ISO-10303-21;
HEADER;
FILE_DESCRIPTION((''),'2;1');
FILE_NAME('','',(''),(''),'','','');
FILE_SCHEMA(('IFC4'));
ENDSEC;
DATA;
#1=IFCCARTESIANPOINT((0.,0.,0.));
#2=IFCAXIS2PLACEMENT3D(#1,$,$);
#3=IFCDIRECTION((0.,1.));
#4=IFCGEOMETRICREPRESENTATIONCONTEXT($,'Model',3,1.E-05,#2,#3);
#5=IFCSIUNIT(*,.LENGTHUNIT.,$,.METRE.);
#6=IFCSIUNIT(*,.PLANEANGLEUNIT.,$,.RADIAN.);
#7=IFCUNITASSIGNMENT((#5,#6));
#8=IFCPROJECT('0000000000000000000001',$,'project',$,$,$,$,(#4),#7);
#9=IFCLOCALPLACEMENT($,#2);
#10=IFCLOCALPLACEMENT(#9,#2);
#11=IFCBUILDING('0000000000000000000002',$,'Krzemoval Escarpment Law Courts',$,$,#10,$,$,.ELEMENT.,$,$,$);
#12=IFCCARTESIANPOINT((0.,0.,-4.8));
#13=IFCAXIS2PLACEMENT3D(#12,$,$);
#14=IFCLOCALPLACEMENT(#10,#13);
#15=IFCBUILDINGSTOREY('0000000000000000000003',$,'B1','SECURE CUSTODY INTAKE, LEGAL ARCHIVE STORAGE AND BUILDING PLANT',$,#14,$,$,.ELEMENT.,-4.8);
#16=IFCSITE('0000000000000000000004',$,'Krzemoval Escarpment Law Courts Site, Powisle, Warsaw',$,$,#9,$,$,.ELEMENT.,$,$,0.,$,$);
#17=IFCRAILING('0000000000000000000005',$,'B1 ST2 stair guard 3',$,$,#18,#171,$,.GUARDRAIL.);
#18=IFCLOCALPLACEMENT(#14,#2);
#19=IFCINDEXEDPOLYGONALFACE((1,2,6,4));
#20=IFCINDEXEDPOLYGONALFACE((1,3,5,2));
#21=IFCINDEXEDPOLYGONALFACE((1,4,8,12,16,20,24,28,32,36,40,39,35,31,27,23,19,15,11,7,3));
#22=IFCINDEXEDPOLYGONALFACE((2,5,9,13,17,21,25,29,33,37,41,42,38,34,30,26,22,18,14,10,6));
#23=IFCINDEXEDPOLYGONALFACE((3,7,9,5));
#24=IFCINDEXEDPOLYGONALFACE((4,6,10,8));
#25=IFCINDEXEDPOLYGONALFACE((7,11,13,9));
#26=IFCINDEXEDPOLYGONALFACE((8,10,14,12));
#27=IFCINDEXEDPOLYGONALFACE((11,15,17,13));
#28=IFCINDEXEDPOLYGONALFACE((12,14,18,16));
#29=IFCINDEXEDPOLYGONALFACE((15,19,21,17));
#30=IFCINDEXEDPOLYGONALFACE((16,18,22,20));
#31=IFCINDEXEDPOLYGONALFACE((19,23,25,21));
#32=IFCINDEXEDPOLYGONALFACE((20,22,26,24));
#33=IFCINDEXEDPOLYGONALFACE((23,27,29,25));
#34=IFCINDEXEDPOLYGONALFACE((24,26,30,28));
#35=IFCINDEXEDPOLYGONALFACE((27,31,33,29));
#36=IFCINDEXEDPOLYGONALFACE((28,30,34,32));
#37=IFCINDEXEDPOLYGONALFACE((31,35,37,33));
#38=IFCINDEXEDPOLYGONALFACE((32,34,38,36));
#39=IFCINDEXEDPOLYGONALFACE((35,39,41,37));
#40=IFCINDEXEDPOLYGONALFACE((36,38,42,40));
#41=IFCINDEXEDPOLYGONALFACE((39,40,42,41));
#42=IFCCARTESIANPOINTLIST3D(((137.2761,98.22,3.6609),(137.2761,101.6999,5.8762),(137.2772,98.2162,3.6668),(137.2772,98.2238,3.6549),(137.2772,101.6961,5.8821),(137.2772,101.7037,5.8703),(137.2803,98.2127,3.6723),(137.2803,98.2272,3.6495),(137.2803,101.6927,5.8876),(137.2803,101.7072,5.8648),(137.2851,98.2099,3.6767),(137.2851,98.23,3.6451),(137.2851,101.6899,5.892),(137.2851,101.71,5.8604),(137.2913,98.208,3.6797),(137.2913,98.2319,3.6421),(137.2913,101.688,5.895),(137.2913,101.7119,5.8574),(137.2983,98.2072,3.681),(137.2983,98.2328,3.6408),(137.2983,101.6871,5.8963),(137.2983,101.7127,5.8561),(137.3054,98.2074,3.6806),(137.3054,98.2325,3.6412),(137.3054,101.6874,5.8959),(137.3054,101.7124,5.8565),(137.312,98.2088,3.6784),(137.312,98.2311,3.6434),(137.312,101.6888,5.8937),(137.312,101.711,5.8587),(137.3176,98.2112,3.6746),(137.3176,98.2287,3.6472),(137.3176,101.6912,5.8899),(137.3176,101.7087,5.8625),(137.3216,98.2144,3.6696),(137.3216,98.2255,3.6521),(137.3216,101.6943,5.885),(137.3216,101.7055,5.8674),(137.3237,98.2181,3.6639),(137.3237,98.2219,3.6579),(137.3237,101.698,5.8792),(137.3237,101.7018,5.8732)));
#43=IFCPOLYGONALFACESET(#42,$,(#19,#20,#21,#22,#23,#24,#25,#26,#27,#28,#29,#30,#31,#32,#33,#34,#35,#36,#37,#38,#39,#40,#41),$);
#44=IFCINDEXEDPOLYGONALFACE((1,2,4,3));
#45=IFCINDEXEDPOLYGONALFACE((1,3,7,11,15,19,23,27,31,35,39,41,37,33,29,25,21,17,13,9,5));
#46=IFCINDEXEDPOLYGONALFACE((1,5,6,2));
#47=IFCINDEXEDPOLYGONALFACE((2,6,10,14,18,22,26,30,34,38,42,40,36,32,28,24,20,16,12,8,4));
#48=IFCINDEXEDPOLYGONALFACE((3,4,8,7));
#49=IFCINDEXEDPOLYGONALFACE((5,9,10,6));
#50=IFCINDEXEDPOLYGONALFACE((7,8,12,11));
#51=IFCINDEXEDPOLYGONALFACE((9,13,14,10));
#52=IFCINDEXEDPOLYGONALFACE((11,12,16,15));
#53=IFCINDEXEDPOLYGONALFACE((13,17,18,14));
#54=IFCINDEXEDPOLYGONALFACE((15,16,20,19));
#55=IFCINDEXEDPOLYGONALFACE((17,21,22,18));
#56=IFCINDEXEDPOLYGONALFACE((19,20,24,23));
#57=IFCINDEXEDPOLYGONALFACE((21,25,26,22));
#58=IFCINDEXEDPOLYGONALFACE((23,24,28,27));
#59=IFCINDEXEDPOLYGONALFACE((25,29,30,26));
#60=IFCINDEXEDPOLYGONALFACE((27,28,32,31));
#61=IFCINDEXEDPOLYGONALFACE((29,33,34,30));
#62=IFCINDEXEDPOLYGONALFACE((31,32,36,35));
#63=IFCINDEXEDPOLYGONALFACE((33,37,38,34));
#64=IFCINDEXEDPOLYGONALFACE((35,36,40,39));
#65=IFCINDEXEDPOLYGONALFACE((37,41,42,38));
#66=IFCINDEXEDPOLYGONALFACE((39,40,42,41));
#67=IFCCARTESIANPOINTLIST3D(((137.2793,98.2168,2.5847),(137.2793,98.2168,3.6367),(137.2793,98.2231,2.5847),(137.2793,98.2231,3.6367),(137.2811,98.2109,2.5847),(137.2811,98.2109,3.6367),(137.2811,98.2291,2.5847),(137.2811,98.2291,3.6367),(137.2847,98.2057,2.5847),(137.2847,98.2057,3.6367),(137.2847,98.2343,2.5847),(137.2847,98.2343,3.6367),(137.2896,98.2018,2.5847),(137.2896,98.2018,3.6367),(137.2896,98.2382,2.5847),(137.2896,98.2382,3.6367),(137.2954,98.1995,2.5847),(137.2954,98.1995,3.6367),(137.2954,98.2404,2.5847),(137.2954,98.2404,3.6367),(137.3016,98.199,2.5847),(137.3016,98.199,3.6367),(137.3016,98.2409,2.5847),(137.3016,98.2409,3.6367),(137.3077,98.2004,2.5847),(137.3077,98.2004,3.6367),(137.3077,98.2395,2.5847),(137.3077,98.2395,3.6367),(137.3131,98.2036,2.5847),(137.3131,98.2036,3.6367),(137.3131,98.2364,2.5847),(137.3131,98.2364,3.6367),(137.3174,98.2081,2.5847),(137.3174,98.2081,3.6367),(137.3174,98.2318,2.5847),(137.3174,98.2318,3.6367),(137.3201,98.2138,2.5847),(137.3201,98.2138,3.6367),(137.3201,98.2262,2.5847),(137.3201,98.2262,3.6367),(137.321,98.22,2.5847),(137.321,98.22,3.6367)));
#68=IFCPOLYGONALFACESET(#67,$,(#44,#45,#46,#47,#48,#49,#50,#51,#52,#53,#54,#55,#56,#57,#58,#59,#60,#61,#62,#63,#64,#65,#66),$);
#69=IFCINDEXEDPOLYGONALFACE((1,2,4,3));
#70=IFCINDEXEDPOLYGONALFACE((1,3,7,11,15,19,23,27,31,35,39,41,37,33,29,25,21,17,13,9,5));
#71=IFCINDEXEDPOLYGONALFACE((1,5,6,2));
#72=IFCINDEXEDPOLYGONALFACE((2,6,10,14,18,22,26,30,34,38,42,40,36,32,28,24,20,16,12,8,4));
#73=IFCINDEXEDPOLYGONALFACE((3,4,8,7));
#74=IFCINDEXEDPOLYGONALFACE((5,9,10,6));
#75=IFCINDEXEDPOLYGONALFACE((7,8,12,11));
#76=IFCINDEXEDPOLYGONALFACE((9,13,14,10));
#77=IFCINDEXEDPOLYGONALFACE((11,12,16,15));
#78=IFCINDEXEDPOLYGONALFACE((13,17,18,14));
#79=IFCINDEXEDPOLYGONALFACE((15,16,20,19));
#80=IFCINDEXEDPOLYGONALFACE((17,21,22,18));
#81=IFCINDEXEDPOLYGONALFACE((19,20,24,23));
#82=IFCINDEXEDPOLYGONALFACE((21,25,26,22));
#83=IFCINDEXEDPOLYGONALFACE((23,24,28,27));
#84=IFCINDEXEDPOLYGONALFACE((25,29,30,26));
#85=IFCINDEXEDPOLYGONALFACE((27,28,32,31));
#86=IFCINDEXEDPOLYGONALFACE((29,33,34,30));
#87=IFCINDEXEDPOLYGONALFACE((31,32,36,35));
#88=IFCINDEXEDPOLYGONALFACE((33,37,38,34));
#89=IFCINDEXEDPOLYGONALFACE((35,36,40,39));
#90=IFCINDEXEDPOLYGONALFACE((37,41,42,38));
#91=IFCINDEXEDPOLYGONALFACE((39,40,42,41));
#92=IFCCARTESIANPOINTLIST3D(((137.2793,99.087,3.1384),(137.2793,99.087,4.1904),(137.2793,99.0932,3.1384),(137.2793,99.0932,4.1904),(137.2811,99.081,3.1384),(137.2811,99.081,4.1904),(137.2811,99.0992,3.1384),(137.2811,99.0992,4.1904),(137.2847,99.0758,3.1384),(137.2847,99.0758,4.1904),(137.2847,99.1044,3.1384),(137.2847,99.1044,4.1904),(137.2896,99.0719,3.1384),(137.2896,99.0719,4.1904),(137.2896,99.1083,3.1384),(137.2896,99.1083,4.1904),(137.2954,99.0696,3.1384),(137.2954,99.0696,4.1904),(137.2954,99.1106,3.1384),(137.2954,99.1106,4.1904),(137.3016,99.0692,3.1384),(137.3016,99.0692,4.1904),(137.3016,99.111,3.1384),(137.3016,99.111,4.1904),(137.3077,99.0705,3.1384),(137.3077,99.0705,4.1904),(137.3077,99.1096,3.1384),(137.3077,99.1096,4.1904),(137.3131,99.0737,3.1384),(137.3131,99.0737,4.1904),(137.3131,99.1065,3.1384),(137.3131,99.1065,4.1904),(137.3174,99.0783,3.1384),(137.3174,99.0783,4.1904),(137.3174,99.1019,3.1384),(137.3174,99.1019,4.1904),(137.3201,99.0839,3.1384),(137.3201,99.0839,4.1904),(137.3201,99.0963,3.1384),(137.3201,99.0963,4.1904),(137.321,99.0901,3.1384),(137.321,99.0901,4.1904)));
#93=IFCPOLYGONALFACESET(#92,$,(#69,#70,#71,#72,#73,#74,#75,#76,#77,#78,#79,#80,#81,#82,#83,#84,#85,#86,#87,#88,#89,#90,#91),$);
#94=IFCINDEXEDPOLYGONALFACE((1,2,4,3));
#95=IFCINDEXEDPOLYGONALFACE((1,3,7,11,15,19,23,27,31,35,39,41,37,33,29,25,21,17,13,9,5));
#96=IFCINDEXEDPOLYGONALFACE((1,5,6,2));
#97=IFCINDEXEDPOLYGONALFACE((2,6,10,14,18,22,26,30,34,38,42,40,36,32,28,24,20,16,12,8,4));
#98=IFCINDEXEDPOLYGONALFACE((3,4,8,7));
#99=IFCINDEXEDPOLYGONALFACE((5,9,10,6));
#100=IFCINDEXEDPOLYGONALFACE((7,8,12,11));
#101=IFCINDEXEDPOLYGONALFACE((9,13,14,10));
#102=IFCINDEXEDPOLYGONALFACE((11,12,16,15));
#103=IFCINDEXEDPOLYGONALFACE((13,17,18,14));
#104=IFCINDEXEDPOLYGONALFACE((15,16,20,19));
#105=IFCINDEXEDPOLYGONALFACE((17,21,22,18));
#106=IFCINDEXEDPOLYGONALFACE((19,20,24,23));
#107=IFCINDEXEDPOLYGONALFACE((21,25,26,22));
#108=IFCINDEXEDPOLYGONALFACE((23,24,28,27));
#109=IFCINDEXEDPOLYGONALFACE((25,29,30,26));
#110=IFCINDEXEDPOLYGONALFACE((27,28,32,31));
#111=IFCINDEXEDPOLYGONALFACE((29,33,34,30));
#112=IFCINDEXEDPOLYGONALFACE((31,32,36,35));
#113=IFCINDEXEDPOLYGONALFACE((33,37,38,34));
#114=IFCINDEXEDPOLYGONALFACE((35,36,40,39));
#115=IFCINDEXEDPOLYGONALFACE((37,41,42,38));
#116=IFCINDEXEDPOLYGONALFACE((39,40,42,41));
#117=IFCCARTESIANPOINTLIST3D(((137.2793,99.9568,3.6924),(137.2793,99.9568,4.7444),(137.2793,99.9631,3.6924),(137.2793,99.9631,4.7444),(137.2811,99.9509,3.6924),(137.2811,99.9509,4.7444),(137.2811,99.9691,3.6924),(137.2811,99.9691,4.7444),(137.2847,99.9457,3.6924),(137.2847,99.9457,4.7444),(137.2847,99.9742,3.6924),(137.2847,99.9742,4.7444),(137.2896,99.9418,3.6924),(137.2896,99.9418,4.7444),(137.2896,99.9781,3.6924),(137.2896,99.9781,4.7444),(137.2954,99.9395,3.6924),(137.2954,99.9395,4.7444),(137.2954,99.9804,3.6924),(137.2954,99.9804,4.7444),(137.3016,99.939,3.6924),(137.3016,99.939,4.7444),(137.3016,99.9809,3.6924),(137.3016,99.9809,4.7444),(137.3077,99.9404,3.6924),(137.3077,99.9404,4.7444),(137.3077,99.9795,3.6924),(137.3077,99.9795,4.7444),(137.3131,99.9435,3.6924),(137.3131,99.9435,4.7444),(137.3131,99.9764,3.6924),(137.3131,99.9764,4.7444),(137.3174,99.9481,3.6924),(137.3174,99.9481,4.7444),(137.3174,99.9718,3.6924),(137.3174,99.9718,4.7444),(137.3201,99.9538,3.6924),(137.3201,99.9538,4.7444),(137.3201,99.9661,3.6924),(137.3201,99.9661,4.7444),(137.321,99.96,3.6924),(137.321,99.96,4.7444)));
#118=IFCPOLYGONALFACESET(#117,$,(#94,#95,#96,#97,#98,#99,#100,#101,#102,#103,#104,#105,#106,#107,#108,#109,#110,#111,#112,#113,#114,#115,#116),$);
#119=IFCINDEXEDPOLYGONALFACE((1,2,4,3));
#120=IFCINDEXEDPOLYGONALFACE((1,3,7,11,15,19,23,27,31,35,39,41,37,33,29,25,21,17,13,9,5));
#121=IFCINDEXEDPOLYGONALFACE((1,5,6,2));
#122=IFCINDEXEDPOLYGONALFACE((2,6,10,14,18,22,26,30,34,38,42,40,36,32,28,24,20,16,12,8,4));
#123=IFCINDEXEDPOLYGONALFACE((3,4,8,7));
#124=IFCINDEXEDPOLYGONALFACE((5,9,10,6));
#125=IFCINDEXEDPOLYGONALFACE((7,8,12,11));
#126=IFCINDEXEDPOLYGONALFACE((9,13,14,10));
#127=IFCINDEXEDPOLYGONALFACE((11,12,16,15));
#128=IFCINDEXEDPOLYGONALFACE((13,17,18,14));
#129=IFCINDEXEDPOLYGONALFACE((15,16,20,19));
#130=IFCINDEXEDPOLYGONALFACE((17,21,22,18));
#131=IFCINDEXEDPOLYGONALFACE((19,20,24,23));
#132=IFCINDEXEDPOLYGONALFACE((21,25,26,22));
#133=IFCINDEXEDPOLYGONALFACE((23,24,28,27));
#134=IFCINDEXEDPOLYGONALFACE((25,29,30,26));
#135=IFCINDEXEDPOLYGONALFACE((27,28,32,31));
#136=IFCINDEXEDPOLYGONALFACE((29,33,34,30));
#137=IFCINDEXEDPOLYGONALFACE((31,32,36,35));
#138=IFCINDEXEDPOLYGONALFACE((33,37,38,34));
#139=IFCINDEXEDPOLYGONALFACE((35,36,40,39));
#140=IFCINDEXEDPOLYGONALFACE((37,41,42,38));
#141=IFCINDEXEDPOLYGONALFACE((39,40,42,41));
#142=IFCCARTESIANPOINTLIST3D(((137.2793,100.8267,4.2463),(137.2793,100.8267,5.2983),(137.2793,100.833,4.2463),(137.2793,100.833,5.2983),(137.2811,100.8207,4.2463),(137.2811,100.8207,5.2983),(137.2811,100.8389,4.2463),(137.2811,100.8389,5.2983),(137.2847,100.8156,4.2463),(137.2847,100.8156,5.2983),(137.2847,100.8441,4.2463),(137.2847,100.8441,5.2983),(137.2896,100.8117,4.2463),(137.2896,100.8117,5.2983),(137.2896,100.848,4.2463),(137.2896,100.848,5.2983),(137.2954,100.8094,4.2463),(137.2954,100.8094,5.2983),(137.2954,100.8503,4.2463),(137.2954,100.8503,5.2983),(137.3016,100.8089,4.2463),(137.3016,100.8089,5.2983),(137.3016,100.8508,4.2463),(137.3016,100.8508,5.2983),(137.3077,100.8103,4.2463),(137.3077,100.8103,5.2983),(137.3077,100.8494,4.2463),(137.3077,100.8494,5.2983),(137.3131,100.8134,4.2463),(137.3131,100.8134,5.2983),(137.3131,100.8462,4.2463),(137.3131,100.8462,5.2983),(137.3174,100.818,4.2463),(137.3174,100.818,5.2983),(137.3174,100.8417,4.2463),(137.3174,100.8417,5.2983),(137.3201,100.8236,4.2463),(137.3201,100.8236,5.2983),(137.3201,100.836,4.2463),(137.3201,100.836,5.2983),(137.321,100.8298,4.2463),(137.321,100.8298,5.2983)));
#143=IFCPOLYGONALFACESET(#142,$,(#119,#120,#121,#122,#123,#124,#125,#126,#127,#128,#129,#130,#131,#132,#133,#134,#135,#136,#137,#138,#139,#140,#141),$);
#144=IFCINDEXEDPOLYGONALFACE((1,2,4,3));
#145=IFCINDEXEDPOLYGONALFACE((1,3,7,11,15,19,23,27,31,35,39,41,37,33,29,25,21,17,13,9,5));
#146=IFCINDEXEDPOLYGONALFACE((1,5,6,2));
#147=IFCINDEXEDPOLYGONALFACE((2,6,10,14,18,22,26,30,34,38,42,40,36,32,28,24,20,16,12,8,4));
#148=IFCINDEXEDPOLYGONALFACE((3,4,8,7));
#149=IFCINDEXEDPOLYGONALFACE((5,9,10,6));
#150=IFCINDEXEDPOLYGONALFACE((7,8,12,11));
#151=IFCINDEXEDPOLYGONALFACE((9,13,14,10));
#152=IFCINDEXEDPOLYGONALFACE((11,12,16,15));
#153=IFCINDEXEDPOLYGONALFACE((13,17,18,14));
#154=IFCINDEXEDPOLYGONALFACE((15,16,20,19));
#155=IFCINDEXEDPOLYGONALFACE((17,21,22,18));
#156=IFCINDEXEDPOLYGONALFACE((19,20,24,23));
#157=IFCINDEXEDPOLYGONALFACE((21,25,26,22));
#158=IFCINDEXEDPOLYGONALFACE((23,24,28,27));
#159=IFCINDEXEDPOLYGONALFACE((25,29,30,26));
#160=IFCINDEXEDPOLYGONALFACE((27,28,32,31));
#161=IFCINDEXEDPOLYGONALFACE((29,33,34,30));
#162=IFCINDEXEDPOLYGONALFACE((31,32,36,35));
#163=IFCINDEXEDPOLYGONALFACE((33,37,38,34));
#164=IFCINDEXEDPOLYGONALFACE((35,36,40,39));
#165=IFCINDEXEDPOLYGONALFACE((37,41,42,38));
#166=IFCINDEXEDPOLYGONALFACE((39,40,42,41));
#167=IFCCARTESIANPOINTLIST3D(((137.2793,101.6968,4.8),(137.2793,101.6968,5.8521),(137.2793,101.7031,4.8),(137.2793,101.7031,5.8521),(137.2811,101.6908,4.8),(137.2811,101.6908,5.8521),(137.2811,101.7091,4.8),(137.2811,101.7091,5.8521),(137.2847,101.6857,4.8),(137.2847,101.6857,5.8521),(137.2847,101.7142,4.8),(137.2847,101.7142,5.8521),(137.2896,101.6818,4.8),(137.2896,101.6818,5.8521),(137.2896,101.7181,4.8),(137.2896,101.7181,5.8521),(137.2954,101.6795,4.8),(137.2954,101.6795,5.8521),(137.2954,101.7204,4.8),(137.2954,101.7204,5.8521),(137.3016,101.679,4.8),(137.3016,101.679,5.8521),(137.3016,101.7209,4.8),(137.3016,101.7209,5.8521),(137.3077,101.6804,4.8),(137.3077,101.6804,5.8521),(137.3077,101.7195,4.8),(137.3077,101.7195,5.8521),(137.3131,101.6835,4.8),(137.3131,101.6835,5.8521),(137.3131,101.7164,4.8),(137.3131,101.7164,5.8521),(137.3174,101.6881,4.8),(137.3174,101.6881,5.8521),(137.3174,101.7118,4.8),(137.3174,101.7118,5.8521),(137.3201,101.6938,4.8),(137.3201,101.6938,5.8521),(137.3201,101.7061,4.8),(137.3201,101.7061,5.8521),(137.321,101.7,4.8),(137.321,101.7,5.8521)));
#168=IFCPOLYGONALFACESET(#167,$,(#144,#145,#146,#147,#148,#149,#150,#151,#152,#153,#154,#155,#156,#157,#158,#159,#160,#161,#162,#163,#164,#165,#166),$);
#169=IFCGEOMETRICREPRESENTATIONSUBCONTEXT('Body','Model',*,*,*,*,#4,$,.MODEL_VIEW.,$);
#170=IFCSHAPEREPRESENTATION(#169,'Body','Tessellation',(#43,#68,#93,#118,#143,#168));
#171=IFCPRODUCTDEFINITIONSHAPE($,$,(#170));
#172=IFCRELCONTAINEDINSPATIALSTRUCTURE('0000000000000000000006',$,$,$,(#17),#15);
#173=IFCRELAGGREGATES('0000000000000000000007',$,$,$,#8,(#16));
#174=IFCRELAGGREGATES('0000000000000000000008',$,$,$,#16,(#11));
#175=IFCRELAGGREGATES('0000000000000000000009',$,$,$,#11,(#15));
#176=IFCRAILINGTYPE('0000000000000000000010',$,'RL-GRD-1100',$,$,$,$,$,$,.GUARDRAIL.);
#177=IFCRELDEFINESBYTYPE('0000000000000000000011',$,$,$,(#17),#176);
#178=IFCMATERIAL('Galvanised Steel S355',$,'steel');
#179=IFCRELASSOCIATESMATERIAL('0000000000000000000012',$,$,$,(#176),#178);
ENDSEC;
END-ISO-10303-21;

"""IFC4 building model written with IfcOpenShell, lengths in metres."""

from ifc_helpers import new_model, si_unit, direction, frame, origin, origin_2d, place, context, subcontext, project, spatial, circle, extrude, material, type_object, element, save


model = new_model("IFC4")

# Units and contexts
model_context = context("Model", 3, precision=1e-05, world=origin(), true_north=direction((0.0, 1.0)))
body_context = subcontext(model_context, "Body", "Model", "MODEL_VIEW")
ifc_project = project(units=[si_unit("LENGTHUNIT", "METRE"), si_unit("PLANEANGLEUNIT", "RADIAN")], contexts=[model_context])

# Site, building, storey
site_placement = place(None, origin())
site = spatial("IfcSite", under=ifc_project, at=site_placement, Name="Krzemoval Escarpment Law Courts Site, Powisle, Warsaw", CompositionType="ELEMENT", RefElevation=0.0)
building_placement = place(site_placement, origin())
building = spatial("IfcBuilding", under=site, at=building_placement, Name="Krzemoval Escarpment Law Courts", CompositionType="ELEMENT")
storey_placement = place(building_placement, frame((0.0, 0.0, -4.8)))
storey = spatial("IfcBuildingStorey", under=building, at=storey_placement, Name="B1", Description="SECURE CUSTODY INTAKE, LEGAL ARCHIVE STORAGE AND BUILDING PLANT", CompositionType="ELEMENT", Elevation=-4.8)

# Railing
ifc_material_1 = material(Name="Galvanised Steel S355", Category="steel")
railing_type_1 = type_object("IfcRailingType", Name="RL-GRD-1100", PredefinedType="GUARDRAIL", material=ifc_material_1)
railing_1_placement = place(storey_placement, frame((137.3, 98.22, 2.5847)))
element("IfcRailing", 1, at=railing_1_placement, inside=storey, type_object=railing_type_1, Name="B1 ST2 stair guard 3", PredefinedType="GUARDRAIL", context=body_context, shape_type="SweptSolid", body=[
    extrude(circle(Radius=0.0239, at=origin_2d()), frame((0.0, 0.0, 1.0762), z_axis=(0.0, 0.843574, 0.537013), x_axis=(-1.0, 0.0, 0.0)), (0.0, 0.0, 1.0), 4.1252),
    extrude(circle(Radius=0.021, at=origin_2d()), origin(), (0.0, 0.0, 1.0), 1.052),
    extrude(circle(Radius=0.021, at=origin_2d()), frame((0.0, 0.8701, 0.5537)), (0.0, 0.0, 1.0), 1.052),
    extrude(circle(Radius=0.021, at=origin_2d()), frame((0.0, 1.74, 1.1077)), (0.0, 0.0, 1.0), 1.052),
    extrude(circle(Radius=0.021, at=origin_2d()), frame((0.0, 2.6099, 1.6616)), (0.0, 0.0, 1.0), 1.052),
    extrude(circle(Radius=0.021, at=origin_2d()), frame((0.0, 3.48, 2.2153)), (0.0, 0.0, 1.0), 1.052),
])

save(model, "model.ifc")
